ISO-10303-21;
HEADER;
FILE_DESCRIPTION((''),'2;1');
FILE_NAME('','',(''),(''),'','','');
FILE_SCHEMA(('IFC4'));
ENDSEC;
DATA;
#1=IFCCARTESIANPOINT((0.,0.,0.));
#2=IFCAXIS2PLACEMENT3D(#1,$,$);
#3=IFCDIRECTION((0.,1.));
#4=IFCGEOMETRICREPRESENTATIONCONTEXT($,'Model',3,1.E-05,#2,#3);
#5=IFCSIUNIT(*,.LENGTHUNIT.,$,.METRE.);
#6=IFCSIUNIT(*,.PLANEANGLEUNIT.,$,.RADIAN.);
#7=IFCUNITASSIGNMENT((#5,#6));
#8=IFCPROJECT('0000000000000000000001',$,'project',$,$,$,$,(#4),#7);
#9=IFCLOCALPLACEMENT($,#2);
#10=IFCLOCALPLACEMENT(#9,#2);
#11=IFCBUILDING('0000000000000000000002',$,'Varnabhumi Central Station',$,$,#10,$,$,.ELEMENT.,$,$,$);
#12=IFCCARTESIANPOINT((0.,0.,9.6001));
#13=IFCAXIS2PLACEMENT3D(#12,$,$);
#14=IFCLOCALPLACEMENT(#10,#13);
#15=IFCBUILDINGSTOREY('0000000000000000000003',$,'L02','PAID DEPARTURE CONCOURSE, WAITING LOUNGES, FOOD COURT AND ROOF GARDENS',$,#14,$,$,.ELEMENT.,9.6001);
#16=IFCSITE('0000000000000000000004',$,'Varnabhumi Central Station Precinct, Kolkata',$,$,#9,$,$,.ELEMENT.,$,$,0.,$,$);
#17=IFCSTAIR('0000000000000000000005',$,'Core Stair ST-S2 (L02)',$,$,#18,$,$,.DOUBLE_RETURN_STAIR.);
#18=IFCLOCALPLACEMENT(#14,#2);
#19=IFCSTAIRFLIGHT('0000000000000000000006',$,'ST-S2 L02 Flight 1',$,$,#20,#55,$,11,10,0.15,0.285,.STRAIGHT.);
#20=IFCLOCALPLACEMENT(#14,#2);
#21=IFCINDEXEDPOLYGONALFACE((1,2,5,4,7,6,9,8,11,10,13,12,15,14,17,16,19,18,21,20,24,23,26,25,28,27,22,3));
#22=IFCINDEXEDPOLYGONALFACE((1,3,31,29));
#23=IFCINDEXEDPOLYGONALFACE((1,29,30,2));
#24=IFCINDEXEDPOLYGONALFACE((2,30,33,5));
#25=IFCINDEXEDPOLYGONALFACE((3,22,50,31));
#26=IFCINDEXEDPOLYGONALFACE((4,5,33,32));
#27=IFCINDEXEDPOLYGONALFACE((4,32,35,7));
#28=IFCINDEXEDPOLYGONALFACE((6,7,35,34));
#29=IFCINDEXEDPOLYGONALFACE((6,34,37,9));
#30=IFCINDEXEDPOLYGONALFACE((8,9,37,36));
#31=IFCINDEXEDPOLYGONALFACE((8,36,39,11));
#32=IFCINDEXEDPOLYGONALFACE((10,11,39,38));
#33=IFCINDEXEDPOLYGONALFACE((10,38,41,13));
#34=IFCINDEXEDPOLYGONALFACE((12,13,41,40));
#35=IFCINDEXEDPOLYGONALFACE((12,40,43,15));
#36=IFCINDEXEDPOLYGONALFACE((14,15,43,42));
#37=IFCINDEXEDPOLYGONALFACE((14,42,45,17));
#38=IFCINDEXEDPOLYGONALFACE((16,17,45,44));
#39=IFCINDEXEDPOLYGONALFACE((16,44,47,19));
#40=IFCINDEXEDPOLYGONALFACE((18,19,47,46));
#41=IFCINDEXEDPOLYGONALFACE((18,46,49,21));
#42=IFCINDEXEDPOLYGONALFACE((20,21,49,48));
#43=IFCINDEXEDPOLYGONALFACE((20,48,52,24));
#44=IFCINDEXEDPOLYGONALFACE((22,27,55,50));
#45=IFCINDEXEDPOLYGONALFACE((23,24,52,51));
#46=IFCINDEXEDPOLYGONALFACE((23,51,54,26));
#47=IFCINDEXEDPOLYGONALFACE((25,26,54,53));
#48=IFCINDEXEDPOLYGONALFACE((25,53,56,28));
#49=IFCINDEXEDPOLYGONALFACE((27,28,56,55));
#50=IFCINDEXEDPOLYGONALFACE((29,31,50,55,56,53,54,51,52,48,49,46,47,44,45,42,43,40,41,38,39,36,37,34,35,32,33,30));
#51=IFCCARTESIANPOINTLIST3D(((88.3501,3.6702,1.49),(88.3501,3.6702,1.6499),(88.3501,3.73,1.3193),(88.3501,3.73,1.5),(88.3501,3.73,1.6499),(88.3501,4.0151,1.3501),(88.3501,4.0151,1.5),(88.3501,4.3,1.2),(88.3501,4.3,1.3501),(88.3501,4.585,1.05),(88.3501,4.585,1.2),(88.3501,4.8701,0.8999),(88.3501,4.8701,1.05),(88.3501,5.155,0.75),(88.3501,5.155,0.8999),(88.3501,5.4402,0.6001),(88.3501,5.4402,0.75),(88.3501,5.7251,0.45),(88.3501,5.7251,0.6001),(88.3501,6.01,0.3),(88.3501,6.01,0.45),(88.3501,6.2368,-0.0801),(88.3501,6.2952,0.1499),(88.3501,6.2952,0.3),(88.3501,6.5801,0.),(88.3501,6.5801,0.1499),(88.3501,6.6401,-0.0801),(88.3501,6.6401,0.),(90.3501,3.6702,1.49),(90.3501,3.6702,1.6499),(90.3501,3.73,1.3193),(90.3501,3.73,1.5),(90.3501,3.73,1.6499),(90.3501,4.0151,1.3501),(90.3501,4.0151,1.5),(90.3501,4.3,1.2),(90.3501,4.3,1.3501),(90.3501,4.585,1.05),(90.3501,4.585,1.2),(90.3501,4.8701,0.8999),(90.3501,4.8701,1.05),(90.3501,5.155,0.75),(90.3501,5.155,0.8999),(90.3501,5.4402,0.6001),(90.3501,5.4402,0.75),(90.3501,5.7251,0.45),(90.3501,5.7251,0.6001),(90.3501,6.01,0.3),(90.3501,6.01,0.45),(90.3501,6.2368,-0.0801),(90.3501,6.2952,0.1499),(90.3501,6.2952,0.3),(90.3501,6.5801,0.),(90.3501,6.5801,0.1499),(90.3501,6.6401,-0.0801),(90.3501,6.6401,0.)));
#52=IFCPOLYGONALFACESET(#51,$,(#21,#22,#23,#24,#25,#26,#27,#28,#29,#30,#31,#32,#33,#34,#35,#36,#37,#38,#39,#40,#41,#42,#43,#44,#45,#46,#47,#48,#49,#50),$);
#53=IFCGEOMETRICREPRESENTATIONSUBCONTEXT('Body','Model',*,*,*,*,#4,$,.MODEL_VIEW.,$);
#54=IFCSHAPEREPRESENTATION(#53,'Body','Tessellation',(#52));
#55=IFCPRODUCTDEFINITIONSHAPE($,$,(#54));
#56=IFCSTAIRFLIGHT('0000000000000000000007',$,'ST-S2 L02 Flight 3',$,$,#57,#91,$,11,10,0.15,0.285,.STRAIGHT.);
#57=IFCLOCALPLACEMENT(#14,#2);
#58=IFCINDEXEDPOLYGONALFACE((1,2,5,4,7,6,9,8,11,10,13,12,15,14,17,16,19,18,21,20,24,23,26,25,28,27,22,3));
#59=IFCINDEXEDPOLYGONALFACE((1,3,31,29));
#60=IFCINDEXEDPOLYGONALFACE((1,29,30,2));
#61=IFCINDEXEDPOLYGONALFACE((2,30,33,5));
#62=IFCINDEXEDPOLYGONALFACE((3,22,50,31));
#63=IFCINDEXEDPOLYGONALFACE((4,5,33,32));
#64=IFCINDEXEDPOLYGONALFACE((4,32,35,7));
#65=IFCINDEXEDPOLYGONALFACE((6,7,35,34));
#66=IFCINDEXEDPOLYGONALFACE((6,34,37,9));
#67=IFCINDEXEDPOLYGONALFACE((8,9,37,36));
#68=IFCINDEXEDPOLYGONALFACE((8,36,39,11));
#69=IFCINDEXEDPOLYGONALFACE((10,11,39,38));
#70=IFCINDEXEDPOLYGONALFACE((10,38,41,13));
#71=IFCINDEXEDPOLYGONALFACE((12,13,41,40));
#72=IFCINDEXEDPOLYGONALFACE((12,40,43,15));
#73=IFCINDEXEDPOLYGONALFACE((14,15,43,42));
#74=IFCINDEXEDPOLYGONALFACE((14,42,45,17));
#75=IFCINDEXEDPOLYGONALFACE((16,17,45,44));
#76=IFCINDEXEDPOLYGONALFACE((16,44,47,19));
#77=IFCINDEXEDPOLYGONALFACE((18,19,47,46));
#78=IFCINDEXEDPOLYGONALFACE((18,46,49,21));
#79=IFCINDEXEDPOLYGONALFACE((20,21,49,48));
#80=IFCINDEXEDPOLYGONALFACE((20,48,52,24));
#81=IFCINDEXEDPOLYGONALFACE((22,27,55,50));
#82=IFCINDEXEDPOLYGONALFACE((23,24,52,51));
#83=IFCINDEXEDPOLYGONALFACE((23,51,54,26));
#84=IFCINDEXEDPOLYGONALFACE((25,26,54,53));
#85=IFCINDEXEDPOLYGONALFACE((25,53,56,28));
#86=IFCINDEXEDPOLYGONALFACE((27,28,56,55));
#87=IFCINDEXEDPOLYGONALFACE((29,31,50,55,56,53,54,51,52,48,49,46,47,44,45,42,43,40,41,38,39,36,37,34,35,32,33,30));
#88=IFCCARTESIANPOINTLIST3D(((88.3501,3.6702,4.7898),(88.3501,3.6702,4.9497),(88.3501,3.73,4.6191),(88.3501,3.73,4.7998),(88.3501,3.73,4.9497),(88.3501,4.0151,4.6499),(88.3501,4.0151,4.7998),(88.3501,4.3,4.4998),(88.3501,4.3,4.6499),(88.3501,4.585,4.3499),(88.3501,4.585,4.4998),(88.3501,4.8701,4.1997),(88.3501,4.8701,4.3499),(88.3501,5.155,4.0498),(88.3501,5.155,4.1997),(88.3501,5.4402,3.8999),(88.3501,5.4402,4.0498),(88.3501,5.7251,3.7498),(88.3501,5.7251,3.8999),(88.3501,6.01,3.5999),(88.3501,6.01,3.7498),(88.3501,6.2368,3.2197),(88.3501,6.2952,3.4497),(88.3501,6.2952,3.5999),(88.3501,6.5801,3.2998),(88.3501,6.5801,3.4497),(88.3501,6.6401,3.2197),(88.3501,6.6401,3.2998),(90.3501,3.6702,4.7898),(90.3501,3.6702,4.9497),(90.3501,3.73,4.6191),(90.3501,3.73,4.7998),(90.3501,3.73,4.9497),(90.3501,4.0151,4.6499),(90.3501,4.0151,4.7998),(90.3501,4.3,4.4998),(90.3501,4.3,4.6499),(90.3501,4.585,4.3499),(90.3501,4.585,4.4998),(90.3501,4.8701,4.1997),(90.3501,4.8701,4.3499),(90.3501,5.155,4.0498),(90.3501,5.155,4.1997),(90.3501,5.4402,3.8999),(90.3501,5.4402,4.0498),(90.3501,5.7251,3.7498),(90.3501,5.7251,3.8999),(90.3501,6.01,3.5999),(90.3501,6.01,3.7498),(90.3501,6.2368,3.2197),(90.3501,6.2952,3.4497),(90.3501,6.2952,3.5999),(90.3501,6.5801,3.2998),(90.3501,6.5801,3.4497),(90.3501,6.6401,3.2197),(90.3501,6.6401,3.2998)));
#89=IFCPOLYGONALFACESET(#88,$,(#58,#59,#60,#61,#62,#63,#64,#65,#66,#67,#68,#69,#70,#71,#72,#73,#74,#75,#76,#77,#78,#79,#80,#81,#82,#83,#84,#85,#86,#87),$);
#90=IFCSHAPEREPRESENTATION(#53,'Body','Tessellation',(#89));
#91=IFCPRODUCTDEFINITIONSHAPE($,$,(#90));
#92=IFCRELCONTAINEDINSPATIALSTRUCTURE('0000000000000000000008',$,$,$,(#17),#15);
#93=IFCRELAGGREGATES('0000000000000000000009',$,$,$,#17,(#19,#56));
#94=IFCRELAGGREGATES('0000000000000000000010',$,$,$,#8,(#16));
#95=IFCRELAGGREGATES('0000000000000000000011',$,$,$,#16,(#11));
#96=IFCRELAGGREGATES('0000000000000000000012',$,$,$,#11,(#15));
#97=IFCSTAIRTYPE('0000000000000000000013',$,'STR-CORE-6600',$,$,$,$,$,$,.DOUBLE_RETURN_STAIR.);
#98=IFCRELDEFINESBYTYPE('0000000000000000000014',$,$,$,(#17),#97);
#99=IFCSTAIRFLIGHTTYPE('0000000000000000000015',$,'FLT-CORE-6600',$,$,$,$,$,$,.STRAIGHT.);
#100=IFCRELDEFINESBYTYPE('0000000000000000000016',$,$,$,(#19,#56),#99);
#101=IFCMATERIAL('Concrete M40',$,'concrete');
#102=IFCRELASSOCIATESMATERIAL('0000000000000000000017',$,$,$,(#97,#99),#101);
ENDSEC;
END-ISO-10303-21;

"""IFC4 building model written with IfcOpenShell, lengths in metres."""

from ifc_helpers import new_model, si_unit, direction, frame, origin, place, context, subcontext, project, spatial, polyline, outline, extrude, material, type_object, element, aggregate, save


model = new_model("IFC4")

# Units and contexts
model_context = context("Model", 3, precision=1e-05, world=origin(), true_north=direction((0.0, 1.0)))
body_context = subcontext(model_context, "Body", "Model", "MODEL_VIEW")
ifc_project = project(units=[si_unit("LENGTHUNIT", "METRE"), si_unit("PLANEANGLEUNIT", "RADIAN")], contexts=[model_context])

# Site, building, storey
site_placement = place(None, origin())
site = spatial("IfcSite", under=ifc_project, at=site_placement, Name="Varnabhumi Central Station Precinct, Kolkata", CompositionType="ELEMENT", RefElevation=0.0)
building_placement = place(site_placement, origin())
building = spatial("IfcBuilding", under=site, at=building_placement, Name="Varnabhumi Central Station", CompositionType="ELEMENT")
storey_placement = place(building_placement, frame((0.0, 0.0, 9.6001)))
storey = spatial("IfcBuildingStorey", under=building, at=storey_placement, Name="L02", Description="PAID DEPARTURE CONCOURSE, WAITING LOUNGES, FOOD COURT AND ROOF GARDENS", CompositionType="ELEMENT", Elevation=9.6001)

# Shared definitions
ifc_material_1 = material(Name="Concrete M40", Category="concrete")

# Stair, stair flights
stair_type = type_object("IfcStairType", Name="STR-CORE-6600", PredefinedType="DOUBLE_RETURN_STAIR", material=ifc_material_1)
stair_placement = place(storey_placement, origin())
stair = element("IfcStair", 1, at=stair_placement, inside=storey, type_object=stair_type, Name="Core Stair ST-S2 (L02)", PredefinedType="DOUBLE_RETURN_STAIR")
stair_flight_type = type_object("IfcStairFlightType", Name="FLT-CORE-6600", PredefinedType="STRAIGHT", material=ifc_material_1)
stair_flight_1_placement = place(storey_placement, frame((89.3501, 6.5801, 0.0), z_axis=(0.0, 0.0, 1.0), x_axis=(0.0, -1.0, 0.0)))
stair_flight_1 = element("IfcStairFlight", 2, at=stair_flight_1_placement, type_object=stair_flight_type, Name="ST-S2 L02 Flight 1", NumberOfRisers=11, NumberOfTreads=10, PredefinedType="STRAIGHT", RiserHeight=0.15, TreadLength=0.285, context=body_context, shape_type="SweptSolid", body=[
    extrude(outline(polyline([(-0.0601, -0.0801), (-0.0601, 0.0), (0.0, 0.0), (0.0, 0.1499), (0.2849, 0.1499), (0.2849, 0.3), (0.5701, 0.3), (0.5701, 0.45), (0.855, 0.45), (0.855, 0.6001), (1.1399, 0.6001), (1.1399, 0.75), (1.425, 0.75), (1.425, 0.8999), (1.71, 0.8999), (1.71, 1.05), (1.9951, 1.05), (1.9951, 1.2), (2.28, 1.2), (2.28, 1.3501), (2.5649, 1.3501), (2.5649, 1.5), (2.8501, 1.5), (2.8501, 1.6499), (2.9099, 1.6499), (2.9099, 1.49), (2.8501, 1.3193), (0.3433, -0.0801), (-0.0601, -0.0801)])), frame((0.0, 1.0, 0.0), z_axis=(0.0, -1.0, 0.0), x_axis=(1.0, 0.0, 0.0)), (0.0, 0.0, 1.0), 2.0),
])
stair_flight_2_placement = place(storey_placement, frame((89.3501, 6.5801, 3.2998), z_axis=(0.0, 0.0, 1.0), x_axis=(0.0, -1.0, 0.0)))
stair_flight_2 = element("IfcStairFlight", 3, at=stair_flight_2_placement, type_object=stair_flight_type, Name="ST-S2 L02 Flight 3", NumberOfRisers=11, NumberOfTreads=10, PredefinedType="STRAIGHT", RiserHeight=0.15, TreadLength=0.285, context=body_context, shape_type="SweptSolid", body=[
    extrude(outline(polyline([(-0.0601, -0.0801), (-0.0601, 0.0), (0.0, 0.0), (0.0, 0.1499), (0.2849, 0.1499), (0.2849, 0.3), (0.5701, 0.3), (0.5701, 0.45), (0.855, 0.45), (0.855, 0.6001), (1.1399, 0.6001), (1.1399, 0.75), (1.425, 0.75), (1.425, 0.8999), (1.71, 0.8999), (1.71, 1.05), (1.9951, 1.05), (1.9951, 1.2), (2.28, 1.2), (2.28, 1.3501), (2.5649, 1.3501), (2.5649, 1.5), (2.8501, 1.5), (2.8501, 1.6499), (2.9099, 1.6499), (2.9099, 1.49), (2.8501, 1.3193), (0.3433, -0.0801), (-0.0601, -0.0801)])), frame((0.0, 1.0, 0.0), z_axis=(0.0, -1.0, 0.0), x_axis=(1.0, 0.0, 0.0)), (0.0, 0.0, 1.0), 2.0),
])
aggregate(stair, [stair_flight_1, stair_flight_2])

save(model, "model.ifc")
